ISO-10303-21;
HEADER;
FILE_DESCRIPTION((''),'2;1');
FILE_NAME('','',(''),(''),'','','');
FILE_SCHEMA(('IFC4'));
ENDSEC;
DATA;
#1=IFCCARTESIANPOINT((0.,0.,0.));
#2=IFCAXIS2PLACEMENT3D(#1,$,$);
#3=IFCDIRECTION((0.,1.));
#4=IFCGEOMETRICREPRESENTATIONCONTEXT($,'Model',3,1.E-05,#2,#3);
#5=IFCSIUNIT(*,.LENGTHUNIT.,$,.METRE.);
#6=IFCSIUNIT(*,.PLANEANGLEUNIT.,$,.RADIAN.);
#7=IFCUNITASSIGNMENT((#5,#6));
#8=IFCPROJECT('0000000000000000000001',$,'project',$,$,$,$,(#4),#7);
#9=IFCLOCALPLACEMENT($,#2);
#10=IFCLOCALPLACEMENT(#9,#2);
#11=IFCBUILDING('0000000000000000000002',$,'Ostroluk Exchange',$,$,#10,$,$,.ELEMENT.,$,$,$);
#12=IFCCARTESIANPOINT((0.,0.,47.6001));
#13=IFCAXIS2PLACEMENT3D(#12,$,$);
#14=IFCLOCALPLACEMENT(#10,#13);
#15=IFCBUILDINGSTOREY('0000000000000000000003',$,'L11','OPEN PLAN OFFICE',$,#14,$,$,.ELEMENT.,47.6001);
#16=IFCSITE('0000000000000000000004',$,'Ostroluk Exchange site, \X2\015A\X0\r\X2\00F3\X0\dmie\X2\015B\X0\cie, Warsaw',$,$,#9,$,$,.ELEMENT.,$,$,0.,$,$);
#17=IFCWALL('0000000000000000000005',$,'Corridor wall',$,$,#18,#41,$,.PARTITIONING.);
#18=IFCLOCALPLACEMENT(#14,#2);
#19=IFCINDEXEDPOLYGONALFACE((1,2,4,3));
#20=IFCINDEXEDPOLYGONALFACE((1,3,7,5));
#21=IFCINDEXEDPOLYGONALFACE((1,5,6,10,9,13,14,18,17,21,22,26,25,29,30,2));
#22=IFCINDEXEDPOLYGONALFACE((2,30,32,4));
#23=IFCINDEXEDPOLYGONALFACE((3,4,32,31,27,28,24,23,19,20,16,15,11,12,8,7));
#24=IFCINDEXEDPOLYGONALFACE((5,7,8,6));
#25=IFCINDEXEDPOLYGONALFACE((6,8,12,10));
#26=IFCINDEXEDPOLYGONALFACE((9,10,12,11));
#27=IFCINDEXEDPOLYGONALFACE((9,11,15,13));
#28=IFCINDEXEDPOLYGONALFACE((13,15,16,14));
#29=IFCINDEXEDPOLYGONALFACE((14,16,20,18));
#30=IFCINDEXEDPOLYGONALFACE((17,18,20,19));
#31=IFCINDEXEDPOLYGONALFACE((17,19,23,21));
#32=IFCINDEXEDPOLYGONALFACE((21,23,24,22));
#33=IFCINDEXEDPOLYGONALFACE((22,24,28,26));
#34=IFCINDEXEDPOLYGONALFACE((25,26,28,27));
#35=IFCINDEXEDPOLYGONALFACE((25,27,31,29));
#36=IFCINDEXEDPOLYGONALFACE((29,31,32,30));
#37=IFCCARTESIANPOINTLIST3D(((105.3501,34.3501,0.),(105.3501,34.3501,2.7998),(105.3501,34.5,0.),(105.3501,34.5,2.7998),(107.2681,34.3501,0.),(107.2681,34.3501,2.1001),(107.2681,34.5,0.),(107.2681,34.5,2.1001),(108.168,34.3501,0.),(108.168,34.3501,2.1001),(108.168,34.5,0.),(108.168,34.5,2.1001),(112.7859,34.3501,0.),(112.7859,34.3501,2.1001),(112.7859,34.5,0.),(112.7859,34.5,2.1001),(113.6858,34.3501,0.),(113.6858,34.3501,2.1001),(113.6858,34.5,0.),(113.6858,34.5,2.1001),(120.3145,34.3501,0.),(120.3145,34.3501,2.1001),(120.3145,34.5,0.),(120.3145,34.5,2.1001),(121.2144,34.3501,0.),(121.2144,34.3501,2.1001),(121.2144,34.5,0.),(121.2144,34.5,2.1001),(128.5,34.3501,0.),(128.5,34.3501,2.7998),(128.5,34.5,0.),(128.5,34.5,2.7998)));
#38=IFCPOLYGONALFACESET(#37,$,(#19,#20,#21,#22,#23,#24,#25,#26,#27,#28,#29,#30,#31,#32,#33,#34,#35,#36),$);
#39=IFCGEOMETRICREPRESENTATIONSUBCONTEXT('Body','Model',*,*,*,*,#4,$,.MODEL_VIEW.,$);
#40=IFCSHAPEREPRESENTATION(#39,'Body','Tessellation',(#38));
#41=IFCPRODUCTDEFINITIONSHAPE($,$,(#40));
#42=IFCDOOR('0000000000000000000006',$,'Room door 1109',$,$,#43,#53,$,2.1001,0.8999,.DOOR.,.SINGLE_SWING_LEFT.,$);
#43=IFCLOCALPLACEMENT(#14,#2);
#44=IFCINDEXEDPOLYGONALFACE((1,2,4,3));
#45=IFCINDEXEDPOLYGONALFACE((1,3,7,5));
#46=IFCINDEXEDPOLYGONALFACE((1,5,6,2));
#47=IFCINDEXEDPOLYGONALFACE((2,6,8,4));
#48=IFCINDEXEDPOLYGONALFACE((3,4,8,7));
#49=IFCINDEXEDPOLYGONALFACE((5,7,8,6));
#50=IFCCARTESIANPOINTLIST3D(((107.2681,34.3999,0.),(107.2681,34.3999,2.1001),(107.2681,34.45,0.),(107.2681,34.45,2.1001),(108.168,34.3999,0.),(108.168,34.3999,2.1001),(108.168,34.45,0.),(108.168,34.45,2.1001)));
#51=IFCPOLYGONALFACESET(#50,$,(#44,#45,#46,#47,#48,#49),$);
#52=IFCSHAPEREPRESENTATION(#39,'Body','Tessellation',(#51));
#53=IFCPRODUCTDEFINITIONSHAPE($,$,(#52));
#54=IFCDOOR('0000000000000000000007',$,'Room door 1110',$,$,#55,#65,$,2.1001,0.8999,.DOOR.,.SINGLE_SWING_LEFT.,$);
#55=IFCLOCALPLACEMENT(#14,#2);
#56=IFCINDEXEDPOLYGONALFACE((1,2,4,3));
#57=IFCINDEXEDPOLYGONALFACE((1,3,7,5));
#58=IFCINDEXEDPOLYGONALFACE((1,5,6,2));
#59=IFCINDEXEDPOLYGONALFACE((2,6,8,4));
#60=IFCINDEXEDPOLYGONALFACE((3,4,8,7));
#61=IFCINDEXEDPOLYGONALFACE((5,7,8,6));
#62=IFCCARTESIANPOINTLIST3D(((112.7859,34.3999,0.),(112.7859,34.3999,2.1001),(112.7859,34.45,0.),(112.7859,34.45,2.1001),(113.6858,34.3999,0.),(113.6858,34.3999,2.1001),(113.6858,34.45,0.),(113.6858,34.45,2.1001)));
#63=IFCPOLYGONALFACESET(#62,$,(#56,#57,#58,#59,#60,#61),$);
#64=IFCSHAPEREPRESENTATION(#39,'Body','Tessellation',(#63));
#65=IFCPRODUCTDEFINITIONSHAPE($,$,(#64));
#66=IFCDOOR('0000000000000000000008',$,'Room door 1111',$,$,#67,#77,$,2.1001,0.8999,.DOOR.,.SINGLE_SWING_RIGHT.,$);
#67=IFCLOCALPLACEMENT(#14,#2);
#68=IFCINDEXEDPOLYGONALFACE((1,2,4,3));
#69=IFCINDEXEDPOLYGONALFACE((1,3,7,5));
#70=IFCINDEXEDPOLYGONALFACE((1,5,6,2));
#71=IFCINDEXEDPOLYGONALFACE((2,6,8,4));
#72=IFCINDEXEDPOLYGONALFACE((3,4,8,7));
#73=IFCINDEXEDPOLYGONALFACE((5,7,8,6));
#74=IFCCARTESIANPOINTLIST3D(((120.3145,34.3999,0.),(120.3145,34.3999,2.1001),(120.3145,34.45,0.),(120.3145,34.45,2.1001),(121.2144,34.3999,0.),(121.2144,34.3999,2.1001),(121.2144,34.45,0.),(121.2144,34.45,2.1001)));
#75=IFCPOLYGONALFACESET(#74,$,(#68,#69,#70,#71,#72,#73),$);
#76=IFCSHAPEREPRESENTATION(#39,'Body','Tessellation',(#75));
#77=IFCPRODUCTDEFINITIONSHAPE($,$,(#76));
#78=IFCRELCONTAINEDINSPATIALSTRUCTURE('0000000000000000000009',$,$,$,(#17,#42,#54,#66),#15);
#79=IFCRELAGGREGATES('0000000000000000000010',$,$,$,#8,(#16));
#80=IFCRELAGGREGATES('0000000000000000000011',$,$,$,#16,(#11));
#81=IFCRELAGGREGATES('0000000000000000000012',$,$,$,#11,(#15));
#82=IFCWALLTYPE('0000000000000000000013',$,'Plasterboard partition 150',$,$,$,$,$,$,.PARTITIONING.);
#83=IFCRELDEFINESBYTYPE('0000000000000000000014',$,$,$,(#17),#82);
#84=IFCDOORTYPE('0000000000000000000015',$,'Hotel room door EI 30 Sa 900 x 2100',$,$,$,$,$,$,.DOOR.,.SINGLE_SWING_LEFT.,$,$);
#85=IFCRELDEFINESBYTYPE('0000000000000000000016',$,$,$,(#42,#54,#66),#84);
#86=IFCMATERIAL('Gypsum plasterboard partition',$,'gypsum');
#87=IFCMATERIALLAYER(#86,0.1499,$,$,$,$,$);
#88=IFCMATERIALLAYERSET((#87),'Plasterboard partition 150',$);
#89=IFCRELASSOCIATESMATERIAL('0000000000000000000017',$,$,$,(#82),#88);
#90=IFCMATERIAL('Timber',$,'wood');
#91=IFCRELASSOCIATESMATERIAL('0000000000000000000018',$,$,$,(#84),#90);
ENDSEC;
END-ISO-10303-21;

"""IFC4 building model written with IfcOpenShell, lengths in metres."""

from ifc_helpers import new_model, si_unit, direction, frame, frame_2d, origin, place, context, subcontext, project, spatial, rectangle, extrude, material, layer, layer_set, type_object, element, fill, save


model = new_model("IFC4")

# Units and contexts
model_context = context("Model", 3, precision=1e-05, world=origin(), true_north=direction((0.0, 1.0)))
body_context = subcontext(model_context, "Body", "Model", "MODEL_VIEW")
ifc_project = project(units=[si_unit("LENGTHUNIT", "METRE"), si_unit("PLANEANGLEUNIT", "RADIAN")], contexts=[model_context])

# Site, building, storey
site_placement = place(None, origin())
site = spatial("IfcSite", under=ifc_project, at=site_placement, Name="Ostroluk Exchange site, Śródmieście, Warsaw", CompositionType="ELEMENT", RefElevation=0.0)
building_placement = place(site_placement, origin())
building = spatial("IfcBuilding", under=site, at=building_placement, Name="Ostroluk Exchange", CompositionType="ELEMENT")
storey_placement = place(building_placement, frame((0.0, 0.0, 47.6001)))
storey = spatial("IfcBuildingStorey", under=building, at=storey_placement, Name="L11", Description="OPEN PLAN OFFICE", CompositionType="ELEMENT", Elevation=47.6001)

# Wall, openings, doors
ifc_material_1 = material(Name="Gypsum plasterboard partition", Category="gypsum")
ifc_layer_1 = layer(ifc_material_1, 0.1499)
ifc_layer_set_1 = layer_set([ifc_layer_1], Name="Plasterboard partition 150")
wall_type_1 = type_object("IfcWallType", Name="Plasterboard partition 150", PredefinedType="PARTITIONING", material=ifc_layer_set_1)
wall_1_placement = place(storey_placement, frame((105.3501, 34.425, 0.0), z_axis=(0.0, 0.0, 1.0), x_axis=(1.0, 0.0, 0.0)))
wall_1 = element("IfcWall", 1, at=wall_1_placement, inside=storey, type_object=wall_type_1, Name="Corridor wall", PredefinedType="PARTITIONING", context=body_context, shape_type="SweptSolid", body=[
    extrude(rectangle(XDim=23.1499, YDim=0.1499, at=frame_2d((11.575, 0.0))), origin(), (0.0, 0.0, 1.0), 2.7998),
])
opening_1_placement = place(wall_1_placement, frame((1.918, 0.0, 0.0)))
opening_1 = element("IfcOpeningElement", 2, at=opening_1_placement, cuts=wall_1, PredefinedType="OPENING", context=body_context, shape_type="SweptSolid", body=[
    extrude(rectangle(XDim=0.8999, YDim=2.1001, at=frame_2d((0.45, 1.05))), frame((0.0, 0.085, 0.0), z_axis=(0.0, -1.0, 0.0), x_axis=(1.0, 0.0, 0.0)), (0.0, 0.0, 1.0), 0.1699),
])
opening_2_placement = place(wall_1_placement, frame((7.4358, 0.0, 0.0)))
opening_2 = element("IfcOpeningElement", 3, at=opening_2_placement, cuts=wall_1, PredefinedType="OPENING", context=body_context, shape_type="SweptSolid", body=[
    extrude(rectangle(XDim=0.8999, YDim=2.1001, at=frame_2d((0.45, 1.05))), frame((0.0, 0.085, 0.0), z_axis=(0.0, -1.0, 0.0), x_axis=(1.0, 0.0, 0.0)), (0.0, 0.0, 1.0), 0.1699),
])
opening_3_placement = place(wall_1_placement, frame((14.9644, 0.0, 0.0)))
opening_3 = element("IfcOpeningElement", 4, at=opening_3_placement, cuts=wall_1, PredefinedType="OPENING", context=body_context, shape_type="SweptSolid", body=[
    extrude(rectangle(XDim=0.8999, YDim=2.1001, at=frame_2d((0.45, 1.05))), frame((0.0, 0.085, 0.0), z_axis=(0.0, -1.0, 0.0), x_axis=(1.0, 0.0, 0.0)), (0.0, 0.0, 1.0), 0.1699),
])
ifc_material_2 = material(Name="Timber", Category="wood")
door_type_1 = type_object("IfcDoorType", Name="Hotel room door EI 30 Sa 900 x 2100", OperationType="SINGLE_SWING_LEFT", PredefinedType="DOOR", material=ifc_material_2)
door_1_placement = place(opening_1_placement, origin())
door_1 = element("IfcDoor", 5, at=door_1_placement, inside=storey, type_object=door_type_1, Name="Room door 1109", OperationType="SINGLE_SWING_LEFT", OverallHeight=2.1001, OverallWidth=0.8999, PredefinedType="DOOR", context=body_context, shape_type="SweptSolid", body=[
    extrude(rectangle(XDim=0.8999, YDim=2.1001, at=frame_2d((0.45, 1.05))), frame((0.0, 0.0249, 0.0), z_axis=(0.0, -1.0, 0.0), x_axis=(1.0, 0.0, 0.0)), (0.0, 0.0, 1.0), 0.05),
])
fill(opening_1, door_1)
door_2_placement = place(opening_2_placement, origin())
door_2 = element("IfcDoor", 6, at=door_2_placement, inside=storey, type_object=door_type_1, Name="Room door 1110", OperationType="SINGLE_SWING_LEFT", OverallHeight=2.1001, OverallWidth=0.8999, PredefinedType="DOOR", context=body_context, shape_type="SweptSolid", body=[
    extrude(rectangle(XDim=0.8999, YDim=2.1001, at=frame_2d((0.45, 1.05))), frame((0.0, 0.0249, 0.0), z_axis=(0.0, -1.0, 0.0), x_axis=(1.0, 0.0, 0.0)), (0.0, 0.0, 1.0), 0.05),
])
fill(opening_2, door_2)
door_3_placement = place(opening_3_placement, origin())
door_3 = element("IfcDoor", 7, at=door_3_placement, inside=storey, type_object=door_type_1, Name="Room door 1111", OperationType="SINGLE_SWING_RIGHT", OverallHeight=2.1001, OverallWidth=0.8999, PredefinedType="DOOR", context=body_context, shape_type="SweptSolid", body=[
    extrude(rectangle(XDim=0.8999, YDim=2.1001, at=frame_2d((0.45, 1.05))), frame((0.0, 0.0249, 0.0), z_axis=(0.0, -1.0, 0.0), x_axis=(1.0, 0.0, 0.0)), (0.0, 0.0, 1.0), 0.05),
])
fill(opening_3, door_3)

save(model, "model.ifc")
